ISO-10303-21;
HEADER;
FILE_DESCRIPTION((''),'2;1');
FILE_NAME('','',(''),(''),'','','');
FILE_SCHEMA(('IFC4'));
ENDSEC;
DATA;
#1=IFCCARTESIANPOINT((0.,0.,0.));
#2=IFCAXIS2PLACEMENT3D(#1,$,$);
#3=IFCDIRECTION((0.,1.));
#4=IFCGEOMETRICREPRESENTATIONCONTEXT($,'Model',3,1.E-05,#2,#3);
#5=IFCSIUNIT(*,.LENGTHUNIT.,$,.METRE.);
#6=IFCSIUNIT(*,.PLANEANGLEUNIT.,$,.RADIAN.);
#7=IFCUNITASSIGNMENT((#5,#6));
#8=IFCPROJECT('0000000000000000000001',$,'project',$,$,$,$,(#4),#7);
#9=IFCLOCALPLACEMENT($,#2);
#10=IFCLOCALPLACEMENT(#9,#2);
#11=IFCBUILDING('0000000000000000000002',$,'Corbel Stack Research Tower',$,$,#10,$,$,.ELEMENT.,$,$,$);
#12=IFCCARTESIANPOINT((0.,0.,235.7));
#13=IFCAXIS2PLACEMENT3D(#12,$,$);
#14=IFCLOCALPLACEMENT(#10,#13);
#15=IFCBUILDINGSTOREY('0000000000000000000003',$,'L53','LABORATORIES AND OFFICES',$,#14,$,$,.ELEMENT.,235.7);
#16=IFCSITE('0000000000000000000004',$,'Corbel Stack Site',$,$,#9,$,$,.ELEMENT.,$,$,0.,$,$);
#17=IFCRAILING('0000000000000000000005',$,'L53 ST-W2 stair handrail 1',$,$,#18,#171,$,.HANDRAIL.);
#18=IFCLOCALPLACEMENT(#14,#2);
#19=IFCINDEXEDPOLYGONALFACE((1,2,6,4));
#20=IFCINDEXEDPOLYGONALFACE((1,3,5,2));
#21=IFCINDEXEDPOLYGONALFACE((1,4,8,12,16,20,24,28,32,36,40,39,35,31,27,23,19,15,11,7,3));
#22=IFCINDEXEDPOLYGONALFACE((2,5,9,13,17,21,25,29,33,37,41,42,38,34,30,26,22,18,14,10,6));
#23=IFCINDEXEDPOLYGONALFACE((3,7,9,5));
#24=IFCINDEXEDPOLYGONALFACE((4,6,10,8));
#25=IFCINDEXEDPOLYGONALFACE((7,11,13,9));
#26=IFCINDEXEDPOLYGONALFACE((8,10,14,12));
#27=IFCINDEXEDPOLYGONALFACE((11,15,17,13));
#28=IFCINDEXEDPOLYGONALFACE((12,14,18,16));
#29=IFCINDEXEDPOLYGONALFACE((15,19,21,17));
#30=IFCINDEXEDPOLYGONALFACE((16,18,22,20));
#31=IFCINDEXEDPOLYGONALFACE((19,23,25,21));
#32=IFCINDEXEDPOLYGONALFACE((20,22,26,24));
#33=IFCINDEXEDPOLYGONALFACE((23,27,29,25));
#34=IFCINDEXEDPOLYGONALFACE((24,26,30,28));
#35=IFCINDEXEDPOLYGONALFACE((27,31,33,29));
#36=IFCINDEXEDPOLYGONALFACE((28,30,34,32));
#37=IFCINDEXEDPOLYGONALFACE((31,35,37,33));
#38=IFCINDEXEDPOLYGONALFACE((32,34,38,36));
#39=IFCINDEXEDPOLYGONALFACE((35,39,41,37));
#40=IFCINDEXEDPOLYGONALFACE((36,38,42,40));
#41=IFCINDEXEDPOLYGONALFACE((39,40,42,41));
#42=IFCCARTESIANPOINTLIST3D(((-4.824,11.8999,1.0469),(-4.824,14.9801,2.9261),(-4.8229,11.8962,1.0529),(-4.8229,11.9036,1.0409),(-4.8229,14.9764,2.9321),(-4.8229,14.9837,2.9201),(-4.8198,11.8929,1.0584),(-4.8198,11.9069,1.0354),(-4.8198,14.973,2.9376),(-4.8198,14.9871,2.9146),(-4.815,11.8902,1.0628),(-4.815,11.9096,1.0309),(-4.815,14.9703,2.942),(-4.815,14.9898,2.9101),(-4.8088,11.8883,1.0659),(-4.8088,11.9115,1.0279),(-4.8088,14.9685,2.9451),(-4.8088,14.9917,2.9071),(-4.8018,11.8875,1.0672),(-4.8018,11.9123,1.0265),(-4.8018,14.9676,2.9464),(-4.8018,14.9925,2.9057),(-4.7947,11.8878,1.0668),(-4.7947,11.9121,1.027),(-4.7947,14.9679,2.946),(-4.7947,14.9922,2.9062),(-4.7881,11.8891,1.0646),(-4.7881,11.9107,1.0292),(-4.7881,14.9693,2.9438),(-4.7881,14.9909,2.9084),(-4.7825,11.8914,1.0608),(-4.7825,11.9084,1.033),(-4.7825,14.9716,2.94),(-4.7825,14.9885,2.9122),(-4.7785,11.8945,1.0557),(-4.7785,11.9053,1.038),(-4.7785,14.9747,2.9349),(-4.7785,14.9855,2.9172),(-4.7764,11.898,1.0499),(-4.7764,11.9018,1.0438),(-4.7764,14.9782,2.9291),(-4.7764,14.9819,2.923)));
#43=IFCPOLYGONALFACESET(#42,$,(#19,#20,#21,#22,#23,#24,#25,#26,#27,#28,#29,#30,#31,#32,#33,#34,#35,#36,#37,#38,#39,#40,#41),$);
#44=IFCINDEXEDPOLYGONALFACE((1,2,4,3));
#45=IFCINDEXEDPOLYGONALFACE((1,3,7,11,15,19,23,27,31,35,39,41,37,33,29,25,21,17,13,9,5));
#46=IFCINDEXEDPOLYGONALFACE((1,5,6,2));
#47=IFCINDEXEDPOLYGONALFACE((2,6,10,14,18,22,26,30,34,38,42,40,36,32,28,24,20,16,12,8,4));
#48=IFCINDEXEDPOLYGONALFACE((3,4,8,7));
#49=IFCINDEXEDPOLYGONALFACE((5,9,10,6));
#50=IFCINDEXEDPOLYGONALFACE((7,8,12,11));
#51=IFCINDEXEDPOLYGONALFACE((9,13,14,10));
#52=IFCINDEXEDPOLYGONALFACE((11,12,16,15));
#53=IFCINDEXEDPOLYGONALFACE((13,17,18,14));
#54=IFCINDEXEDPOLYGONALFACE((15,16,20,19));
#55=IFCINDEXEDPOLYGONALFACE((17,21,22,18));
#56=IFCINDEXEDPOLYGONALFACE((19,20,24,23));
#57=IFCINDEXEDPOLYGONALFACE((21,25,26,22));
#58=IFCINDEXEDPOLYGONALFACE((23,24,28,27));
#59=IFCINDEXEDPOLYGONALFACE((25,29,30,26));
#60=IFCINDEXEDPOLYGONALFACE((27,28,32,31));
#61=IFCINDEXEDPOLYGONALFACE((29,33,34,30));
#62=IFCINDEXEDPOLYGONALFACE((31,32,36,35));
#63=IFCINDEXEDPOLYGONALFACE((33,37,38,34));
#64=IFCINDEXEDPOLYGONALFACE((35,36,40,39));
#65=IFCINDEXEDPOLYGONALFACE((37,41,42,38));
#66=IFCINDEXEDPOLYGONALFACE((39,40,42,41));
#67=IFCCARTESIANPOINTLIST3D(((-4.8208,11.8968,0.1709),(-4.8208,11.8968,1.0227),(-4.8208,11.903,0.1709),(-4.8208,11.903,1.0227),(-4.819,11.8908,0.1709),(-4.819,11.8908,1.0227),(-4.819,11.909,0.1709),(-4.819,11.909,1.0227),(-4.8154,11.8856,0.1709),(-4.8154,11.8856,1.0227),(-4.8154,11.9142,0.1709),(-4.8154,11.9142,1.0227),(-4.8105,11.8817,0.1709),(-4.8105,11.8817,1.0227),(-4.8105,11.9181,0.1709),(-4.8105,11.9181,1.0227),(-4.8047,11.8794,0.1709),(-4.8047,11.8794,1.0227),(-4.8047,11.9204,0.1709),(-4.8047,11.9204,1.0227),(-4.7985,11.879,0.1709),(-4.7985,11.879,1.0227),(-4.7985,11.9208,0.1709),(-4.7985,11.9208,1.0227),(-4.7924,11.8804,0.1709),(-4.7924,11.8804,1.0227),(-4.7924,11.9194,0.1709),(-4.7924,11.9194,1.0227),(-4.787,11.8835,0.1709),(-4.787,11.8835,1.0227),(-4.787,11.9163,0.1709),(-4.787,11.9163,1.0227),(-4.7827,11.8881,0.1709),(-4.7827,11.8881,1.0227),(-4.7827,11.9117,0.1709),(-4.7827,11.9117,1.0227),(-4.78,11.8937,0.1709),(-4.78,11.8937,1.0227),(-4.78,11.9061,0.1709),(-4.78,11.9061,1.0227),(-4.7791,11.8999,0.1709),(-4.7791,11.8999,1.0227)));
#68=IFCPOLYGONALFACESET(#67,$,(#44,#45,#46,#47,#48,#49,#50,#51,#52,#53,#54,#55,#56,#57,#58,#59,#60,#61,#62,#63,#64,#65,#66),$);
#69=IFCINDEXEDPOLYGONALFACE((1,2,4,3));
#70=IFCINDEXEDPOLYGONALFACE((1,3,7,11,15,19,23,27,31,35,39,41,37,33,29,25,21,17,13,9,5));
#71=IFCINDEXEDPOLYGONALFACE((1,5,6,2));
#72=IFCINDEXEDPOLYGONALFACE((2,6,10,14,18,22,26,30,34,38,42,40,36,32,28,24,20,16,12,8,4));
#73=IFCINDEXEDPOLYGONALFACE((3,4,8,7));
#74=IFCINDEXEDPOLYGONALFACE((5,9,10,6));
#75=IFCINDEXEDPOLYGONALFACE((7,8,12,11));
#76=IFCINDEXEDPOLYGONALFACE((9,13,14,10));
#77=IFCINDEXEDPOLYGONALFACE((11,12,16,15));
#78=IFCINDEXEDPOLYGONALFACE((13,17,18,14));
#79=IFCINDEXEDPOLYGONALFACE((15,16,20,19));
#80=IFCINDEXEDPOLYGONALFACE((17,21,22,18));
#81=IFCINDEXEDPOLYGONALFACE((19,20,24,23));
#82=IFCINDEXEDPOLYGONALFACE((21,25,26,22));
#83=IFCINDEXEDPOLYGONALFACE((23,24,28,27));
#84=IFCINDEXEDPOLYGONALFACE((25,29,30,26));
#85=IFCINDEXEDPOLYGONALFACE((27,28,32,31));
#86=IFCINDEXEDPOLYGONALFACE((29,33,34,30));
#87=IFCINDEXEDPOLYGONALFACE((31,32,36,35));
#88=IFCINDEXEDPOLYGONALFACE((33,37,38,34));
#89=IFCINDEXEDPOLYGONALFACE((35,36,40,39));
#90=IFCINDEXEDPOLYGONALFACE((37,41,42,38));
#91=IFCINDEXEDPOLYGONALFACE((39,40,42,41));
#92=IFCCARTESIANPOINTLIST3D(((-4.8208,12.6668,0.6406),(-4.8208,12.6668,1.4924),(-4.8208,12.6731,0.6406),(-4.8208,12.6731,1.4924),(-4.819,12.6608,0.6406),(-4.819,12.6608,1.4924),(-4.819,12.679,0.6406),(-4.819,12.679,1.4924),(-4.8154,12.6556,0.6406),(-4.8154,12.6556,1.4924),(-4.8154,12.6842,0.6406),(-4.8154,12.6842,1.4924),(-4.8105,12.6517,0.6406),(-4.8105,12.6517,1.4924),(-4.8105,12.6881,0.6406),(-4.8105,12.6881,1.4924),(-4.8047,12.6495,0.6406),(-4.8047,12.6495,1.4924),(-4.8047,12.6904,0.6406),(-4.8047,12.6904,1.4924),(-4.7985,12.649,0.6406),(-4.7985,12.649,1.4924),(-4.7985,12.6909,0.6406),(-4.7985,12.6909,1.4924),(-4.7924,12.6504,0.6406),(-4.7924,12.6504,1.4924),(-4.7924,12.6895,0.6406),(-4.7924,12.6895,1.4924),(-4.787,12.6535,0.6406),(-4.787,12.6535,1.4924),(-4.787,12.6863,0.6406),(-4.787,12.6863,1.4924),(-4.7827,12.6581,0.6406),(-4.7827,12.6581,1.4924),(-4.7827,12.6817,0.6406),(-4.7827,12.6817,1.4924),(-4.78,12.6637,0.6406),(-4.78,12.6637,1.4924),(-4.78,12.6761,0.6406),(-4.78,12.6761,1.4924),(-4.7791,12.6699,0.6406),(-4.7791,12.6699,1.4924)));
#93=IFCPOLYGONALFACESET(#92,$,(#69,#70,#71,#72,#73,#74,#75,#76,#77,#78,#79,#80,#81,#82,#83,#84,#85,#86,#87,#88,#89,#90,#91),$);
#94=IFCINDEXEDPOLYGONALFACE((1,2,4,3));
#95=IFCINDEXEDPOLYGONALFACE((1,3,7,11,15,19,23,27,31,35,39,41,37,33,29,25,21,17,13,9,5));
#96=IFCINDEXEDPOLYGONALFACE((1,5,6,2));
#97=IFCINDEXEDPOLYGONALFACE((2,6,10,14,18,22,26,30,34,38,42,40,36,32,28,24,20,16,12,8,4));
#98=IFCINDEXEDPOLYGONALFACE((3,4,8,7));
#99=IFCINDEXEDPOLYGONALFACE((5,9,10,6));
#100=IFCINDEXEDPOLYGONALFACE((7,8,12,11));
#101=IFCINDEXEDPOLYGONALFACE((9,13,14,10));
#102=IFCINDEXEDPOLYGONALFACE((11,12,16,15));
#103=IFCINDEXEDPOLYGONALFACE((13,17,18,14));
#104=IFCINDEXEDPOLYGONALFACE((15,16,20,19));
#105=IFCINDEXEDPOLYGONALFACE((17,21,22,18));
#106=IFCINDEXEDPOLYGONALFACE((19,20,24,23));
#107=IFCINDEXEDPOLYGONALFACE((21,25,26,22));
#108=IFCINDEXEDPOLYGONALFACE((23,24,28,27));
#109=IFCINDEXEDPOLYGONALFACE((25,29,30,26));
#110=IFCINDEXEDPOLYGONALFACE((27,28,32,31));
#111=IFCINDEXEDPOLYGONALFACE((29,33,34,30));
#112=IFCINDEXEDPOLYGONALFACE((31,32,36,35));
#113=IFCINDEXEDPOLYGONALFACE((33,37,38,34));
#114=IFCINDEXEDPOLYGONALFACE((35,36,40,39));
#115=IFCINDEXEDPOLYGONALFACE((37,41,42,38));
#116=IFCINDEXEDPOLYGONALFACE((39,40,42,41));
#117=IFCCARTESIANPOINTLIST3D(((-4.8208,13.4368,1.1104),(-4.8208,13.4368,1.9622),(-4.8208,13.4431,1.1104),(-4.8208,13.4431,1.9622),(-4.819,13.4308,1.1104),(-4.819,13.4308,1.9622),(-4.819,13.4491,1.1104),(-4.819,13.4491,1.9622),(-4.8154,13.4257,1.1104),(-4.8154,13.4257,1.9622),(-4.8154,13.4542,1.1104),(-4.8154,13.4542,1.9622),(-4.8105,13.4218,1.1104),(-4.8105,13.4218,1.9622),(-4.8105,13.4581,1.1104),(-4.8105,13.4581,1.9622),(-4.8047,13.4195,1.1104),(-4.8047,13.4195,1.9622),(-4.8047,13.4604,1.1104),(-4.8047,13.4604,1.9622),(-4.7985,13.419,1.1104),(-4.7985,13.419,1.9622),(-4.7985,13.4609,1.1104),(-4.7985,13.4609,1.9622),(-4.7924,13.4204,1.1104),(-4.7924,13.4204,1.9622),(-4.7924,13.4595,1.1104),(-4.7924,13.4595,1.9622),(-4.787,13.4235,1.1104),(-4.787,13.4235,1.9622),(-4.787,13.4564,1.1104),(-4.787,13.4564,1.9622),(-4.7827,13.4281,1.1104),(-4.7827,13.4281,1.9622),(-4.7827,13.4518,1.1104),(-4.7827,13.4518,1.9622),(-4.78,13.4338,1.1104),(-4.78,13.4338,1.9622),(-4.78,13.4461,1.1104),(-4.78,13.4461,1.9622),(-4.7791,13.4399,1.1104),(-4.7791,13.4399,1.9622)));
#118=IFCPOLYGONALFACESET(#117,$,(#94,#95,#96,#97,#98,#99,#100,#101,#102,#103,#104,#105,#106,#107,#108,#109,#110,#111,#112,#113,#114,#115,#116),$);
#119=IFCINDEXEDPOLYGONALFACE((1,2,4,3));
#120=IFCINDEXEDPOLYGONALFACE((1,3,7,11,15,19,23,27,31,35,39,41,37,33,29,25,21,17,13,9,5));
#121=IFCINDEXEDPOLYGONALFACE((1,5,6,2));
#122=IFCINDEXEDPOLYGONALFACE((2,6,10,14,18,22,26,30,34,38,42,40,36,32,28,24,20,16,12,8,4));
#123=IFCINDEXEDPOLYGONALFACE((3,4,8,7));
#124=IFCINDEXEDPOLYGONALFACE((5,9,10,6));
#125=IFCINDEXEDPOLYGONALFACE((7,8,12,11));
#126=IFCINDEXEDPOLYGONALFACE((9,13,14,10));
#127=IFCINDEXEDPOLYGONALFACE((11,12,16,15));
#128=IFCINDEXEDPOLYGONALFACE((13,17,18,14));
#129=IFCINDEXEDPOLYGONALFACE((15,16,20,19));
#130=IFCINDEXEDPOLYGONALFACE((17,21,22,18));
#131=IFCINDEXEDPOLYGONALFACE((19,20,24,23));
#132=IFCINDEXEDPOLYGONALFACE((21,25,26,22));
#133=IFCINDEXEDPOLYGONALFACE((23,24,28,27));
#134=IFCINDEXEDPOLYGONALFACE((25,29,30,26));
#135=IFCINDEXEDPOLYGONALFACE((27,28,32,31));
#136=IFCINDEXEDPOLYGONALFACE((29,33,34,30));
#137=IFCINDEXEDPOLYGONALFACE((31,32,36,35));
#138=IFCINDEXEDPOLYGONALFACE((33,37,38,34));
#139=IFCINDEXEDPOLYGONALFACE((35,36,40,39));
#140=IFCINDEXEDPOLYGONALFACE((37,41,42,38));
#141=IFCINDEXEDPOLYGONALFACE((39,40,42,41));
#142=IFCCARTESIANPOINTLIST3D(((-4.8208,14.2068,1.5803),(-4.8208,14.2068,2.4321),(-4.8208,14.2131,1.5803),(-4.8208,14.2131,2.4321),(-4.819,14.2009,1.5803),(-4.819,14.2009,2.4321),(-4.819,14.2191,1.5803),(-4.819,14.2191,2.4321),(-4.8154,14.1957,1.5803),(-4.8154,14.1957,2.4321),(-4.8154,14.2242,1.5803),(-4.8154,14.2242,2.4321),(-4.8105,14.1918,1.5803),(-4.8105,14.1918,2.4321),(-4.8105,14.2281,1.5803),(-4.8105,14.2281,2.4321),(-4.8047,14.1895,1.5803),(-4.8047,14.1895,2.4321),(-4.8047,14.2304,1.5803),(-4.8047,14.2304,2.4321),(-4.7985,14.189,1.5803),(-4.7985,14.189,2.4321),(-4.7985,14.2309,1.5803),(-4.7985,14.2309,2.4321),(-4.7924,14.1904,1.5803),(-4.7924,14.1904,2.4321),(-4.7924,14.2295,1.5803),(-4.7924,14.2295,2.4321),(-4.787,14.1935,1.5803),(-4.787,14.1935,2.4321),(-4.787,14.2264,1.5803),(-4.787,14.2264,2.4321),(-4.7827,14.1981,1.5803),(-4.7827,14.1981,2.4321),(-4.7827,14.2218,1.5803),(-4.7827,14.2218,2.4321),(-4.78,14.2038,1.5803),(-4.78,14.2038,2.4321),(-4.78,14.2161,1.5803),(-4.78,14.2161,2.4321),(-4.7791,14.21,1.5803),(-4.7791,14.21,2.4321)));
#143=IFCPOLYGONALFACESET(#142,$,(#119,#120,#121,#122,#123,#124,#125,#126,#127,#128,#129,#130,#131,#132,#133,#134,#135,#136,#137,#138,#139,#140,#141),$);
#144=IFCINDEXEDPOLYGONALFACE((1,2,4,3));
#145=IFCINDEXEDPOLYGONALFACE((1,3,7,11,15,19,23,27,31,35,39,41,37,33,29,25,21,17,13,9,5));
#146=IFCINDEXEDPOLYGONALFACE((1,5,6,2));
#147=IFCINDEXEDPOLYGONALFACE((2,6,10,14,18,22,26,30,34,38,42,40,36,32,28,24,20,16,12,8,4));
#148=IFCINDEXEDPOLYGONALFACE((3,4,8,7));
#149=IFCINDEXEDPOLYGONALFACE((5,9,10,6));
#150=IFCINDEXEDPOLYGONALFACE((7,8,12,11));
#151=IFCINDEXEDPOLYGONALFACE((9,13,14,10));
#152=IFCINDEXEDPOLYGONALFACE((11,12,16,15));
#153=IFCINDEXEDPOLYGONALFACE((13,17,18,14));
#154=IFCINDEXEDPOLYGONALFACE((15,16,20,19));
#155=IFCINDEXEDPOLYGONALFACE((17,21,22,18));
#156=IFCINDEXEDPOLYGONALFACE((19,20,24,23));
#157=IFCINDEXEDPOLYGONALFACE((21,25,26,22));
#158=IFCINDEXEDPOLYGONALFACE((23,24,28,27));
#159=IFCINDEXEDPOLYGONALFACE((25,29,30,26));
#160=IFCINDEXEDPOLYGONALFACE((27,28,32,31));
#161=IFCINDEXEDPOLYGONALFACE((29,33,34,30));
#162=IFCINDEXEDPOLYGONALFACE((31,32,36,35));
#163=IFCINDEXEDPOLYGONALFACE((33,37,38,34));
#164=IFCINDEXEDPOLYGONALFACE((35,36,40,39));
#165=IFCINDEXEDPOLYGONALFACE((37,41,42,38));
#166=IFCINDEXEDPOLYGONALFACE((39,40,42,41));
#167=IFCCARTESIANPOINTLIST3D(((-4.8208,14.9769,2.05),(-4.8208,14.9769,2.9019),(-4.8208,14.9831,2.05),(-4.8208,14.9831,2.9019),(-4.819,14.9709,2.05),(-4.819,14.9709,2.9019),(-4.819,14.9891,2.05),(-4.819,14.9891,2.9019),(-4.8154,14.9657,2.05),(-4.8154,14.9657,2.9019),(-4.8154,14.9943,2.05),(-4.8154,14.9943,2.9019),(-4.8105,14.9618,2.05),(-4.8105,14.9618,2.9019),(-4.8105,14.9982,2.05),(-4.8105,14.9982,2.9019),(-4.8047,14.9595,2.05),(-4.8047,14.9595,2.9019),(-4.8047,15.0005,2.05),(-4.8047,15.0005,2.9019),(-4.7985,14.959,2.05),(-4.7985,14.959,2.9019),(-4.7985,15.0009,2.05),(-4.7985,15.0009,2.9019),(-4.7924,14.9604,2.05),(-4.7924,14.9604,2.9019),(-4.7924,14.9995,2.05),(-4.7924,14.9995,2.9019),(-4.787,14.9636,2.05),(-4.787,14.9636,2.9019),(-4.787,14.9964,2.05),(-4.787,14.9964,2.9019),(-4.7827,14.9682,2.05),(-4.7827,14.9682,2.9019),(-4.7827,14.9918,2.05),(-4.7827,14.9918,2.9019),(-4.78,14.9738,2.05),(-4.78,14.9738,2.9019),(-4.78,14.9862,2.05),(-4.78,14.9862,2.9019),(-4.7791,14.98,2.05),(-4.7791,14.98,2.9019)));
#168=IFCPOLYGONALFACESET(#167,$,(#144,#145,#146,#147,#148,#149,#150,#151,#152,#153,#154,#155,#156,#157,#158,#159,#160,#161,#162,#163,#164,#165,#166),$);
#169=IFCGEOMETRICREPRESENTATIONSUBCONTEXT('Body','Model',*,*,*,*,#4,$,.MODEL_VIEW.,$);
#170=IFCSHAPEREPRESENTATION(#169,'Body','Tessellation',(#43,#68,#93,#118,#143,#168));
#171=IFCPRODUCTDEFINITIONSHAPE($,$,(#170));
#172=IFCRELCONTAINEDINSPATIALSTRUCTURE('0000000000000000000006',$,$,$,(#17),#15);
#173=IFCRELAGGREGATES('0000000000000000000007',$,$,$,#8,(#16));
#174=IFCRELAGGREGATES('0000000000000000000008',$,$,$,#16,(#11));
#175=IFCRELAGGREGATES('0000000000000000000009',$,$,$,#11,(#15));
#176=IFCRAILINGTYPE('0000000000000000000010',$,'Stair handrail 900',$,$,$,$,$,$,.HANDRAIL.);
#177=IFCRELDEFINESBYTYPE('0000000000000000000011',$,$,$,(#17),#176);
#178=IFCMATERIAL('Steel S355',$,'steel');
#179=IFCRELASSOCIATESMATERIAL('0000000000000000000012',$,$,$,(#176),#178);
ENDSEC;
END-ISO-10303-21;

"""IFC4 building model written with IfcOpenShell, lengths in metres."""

from ifc_helpers import new_model, si_unit, direction, frame, origin, origin_2d, place, context, subcontext, project, spatial, circle, extrude, material, type_object, element, save


model = new_model("IFC4")

# Units and contexts
model_context = context("Model", 3, precision=1e-05, world=origin(), true_north=direction((0.0, 1.0)))
body_context = subcontext(model_context, "Body", "Model", "MODEL_VIEW")
ifc_project = project(units=[si_unit("LENGTHUNIT", "METRE"), si_unit("PLANEANGLEUNIT", "RADIAN")], contexts=[model_context])

# Site, building, storey
site_placement = place(None, origin())
site = spatial("IfcSite", under=ifc_project, at=site_placement, Name="Corbel Stack Site", CompositionType="ELEMENT", RefElevation=0.0)
building_placement = place(site_placement, origin())
building = spatial("IfcBuilding", under=site, at=building_placement, Name="Corbel Stack Research Tower", CompositionType="ELEMENT")
storey_placement = place(building_placement, frame((0.0, 0.0, 235.7)))
storey = spatial("IfcBuildingStorey", under=building, at=storey_placement, Name="L53", Description="LABORATORIES AND OFFICES", CompositionType="ELEMENT", Elevation=235.7)

# Railing
ifc_material_1 = material(Name="Steel S355", Category="steel")
railing_type_1 = type_object("IfcRailingType", Name="Stair handrail 900", PredefinedType="HANDRAIL", material=ifc_material_1)
railing_1_placement = place(storey_placement, frame((-4.8, 11.8999, 0.1709)))
element("IfcRailing", 1, at=railing_1_placement, inside=storey, type_object=railing_type_1, Name="L53 ST-W2 stair handrail 1", PredefinedType="HANDRAIL", context=body_context, shape_type="SweptSolid", body=[
    extrude(circle(Radius=0.0239, at=origin_2d()), frame((0.0, 0.0, 0.876), z_axis=(0.0, 0.853666, 0.52082), x_axis=(-1.0, 0.0, 0.0)), (0.0, 0.0, 1.0), 3.6082),
    extrude(circle(Radius=0.021, at=origin_2d()), origin(), (0.0, 0.0, 1.0), 0.8518),
    extrude(circle(Radius=0.021, at=origin_2d()), frame((0.0, 0.77, 0.4697)), (0.0, 0.0, 1.0), 0.8518),
    extrude(circle(Radius=0.021, at=origin_2d()), frame((0.0, 1.54, 0.9395)), (0.0, 0.0, 1.0), 0.8518),
    extrude(circle(Radius=0.021, at=origin_2d()), frame((0.0, 2.3101, 1.4094)), (0.0, 0.0, 1.0), 0.8518),
    extrude(circle(Radius=0.021, at=origin_2d()), frame((0.0, 3.0801, 1.8792)), (0.0, 0.0, 1.0), 0.8518),
])

save(model, "model.ifc")
